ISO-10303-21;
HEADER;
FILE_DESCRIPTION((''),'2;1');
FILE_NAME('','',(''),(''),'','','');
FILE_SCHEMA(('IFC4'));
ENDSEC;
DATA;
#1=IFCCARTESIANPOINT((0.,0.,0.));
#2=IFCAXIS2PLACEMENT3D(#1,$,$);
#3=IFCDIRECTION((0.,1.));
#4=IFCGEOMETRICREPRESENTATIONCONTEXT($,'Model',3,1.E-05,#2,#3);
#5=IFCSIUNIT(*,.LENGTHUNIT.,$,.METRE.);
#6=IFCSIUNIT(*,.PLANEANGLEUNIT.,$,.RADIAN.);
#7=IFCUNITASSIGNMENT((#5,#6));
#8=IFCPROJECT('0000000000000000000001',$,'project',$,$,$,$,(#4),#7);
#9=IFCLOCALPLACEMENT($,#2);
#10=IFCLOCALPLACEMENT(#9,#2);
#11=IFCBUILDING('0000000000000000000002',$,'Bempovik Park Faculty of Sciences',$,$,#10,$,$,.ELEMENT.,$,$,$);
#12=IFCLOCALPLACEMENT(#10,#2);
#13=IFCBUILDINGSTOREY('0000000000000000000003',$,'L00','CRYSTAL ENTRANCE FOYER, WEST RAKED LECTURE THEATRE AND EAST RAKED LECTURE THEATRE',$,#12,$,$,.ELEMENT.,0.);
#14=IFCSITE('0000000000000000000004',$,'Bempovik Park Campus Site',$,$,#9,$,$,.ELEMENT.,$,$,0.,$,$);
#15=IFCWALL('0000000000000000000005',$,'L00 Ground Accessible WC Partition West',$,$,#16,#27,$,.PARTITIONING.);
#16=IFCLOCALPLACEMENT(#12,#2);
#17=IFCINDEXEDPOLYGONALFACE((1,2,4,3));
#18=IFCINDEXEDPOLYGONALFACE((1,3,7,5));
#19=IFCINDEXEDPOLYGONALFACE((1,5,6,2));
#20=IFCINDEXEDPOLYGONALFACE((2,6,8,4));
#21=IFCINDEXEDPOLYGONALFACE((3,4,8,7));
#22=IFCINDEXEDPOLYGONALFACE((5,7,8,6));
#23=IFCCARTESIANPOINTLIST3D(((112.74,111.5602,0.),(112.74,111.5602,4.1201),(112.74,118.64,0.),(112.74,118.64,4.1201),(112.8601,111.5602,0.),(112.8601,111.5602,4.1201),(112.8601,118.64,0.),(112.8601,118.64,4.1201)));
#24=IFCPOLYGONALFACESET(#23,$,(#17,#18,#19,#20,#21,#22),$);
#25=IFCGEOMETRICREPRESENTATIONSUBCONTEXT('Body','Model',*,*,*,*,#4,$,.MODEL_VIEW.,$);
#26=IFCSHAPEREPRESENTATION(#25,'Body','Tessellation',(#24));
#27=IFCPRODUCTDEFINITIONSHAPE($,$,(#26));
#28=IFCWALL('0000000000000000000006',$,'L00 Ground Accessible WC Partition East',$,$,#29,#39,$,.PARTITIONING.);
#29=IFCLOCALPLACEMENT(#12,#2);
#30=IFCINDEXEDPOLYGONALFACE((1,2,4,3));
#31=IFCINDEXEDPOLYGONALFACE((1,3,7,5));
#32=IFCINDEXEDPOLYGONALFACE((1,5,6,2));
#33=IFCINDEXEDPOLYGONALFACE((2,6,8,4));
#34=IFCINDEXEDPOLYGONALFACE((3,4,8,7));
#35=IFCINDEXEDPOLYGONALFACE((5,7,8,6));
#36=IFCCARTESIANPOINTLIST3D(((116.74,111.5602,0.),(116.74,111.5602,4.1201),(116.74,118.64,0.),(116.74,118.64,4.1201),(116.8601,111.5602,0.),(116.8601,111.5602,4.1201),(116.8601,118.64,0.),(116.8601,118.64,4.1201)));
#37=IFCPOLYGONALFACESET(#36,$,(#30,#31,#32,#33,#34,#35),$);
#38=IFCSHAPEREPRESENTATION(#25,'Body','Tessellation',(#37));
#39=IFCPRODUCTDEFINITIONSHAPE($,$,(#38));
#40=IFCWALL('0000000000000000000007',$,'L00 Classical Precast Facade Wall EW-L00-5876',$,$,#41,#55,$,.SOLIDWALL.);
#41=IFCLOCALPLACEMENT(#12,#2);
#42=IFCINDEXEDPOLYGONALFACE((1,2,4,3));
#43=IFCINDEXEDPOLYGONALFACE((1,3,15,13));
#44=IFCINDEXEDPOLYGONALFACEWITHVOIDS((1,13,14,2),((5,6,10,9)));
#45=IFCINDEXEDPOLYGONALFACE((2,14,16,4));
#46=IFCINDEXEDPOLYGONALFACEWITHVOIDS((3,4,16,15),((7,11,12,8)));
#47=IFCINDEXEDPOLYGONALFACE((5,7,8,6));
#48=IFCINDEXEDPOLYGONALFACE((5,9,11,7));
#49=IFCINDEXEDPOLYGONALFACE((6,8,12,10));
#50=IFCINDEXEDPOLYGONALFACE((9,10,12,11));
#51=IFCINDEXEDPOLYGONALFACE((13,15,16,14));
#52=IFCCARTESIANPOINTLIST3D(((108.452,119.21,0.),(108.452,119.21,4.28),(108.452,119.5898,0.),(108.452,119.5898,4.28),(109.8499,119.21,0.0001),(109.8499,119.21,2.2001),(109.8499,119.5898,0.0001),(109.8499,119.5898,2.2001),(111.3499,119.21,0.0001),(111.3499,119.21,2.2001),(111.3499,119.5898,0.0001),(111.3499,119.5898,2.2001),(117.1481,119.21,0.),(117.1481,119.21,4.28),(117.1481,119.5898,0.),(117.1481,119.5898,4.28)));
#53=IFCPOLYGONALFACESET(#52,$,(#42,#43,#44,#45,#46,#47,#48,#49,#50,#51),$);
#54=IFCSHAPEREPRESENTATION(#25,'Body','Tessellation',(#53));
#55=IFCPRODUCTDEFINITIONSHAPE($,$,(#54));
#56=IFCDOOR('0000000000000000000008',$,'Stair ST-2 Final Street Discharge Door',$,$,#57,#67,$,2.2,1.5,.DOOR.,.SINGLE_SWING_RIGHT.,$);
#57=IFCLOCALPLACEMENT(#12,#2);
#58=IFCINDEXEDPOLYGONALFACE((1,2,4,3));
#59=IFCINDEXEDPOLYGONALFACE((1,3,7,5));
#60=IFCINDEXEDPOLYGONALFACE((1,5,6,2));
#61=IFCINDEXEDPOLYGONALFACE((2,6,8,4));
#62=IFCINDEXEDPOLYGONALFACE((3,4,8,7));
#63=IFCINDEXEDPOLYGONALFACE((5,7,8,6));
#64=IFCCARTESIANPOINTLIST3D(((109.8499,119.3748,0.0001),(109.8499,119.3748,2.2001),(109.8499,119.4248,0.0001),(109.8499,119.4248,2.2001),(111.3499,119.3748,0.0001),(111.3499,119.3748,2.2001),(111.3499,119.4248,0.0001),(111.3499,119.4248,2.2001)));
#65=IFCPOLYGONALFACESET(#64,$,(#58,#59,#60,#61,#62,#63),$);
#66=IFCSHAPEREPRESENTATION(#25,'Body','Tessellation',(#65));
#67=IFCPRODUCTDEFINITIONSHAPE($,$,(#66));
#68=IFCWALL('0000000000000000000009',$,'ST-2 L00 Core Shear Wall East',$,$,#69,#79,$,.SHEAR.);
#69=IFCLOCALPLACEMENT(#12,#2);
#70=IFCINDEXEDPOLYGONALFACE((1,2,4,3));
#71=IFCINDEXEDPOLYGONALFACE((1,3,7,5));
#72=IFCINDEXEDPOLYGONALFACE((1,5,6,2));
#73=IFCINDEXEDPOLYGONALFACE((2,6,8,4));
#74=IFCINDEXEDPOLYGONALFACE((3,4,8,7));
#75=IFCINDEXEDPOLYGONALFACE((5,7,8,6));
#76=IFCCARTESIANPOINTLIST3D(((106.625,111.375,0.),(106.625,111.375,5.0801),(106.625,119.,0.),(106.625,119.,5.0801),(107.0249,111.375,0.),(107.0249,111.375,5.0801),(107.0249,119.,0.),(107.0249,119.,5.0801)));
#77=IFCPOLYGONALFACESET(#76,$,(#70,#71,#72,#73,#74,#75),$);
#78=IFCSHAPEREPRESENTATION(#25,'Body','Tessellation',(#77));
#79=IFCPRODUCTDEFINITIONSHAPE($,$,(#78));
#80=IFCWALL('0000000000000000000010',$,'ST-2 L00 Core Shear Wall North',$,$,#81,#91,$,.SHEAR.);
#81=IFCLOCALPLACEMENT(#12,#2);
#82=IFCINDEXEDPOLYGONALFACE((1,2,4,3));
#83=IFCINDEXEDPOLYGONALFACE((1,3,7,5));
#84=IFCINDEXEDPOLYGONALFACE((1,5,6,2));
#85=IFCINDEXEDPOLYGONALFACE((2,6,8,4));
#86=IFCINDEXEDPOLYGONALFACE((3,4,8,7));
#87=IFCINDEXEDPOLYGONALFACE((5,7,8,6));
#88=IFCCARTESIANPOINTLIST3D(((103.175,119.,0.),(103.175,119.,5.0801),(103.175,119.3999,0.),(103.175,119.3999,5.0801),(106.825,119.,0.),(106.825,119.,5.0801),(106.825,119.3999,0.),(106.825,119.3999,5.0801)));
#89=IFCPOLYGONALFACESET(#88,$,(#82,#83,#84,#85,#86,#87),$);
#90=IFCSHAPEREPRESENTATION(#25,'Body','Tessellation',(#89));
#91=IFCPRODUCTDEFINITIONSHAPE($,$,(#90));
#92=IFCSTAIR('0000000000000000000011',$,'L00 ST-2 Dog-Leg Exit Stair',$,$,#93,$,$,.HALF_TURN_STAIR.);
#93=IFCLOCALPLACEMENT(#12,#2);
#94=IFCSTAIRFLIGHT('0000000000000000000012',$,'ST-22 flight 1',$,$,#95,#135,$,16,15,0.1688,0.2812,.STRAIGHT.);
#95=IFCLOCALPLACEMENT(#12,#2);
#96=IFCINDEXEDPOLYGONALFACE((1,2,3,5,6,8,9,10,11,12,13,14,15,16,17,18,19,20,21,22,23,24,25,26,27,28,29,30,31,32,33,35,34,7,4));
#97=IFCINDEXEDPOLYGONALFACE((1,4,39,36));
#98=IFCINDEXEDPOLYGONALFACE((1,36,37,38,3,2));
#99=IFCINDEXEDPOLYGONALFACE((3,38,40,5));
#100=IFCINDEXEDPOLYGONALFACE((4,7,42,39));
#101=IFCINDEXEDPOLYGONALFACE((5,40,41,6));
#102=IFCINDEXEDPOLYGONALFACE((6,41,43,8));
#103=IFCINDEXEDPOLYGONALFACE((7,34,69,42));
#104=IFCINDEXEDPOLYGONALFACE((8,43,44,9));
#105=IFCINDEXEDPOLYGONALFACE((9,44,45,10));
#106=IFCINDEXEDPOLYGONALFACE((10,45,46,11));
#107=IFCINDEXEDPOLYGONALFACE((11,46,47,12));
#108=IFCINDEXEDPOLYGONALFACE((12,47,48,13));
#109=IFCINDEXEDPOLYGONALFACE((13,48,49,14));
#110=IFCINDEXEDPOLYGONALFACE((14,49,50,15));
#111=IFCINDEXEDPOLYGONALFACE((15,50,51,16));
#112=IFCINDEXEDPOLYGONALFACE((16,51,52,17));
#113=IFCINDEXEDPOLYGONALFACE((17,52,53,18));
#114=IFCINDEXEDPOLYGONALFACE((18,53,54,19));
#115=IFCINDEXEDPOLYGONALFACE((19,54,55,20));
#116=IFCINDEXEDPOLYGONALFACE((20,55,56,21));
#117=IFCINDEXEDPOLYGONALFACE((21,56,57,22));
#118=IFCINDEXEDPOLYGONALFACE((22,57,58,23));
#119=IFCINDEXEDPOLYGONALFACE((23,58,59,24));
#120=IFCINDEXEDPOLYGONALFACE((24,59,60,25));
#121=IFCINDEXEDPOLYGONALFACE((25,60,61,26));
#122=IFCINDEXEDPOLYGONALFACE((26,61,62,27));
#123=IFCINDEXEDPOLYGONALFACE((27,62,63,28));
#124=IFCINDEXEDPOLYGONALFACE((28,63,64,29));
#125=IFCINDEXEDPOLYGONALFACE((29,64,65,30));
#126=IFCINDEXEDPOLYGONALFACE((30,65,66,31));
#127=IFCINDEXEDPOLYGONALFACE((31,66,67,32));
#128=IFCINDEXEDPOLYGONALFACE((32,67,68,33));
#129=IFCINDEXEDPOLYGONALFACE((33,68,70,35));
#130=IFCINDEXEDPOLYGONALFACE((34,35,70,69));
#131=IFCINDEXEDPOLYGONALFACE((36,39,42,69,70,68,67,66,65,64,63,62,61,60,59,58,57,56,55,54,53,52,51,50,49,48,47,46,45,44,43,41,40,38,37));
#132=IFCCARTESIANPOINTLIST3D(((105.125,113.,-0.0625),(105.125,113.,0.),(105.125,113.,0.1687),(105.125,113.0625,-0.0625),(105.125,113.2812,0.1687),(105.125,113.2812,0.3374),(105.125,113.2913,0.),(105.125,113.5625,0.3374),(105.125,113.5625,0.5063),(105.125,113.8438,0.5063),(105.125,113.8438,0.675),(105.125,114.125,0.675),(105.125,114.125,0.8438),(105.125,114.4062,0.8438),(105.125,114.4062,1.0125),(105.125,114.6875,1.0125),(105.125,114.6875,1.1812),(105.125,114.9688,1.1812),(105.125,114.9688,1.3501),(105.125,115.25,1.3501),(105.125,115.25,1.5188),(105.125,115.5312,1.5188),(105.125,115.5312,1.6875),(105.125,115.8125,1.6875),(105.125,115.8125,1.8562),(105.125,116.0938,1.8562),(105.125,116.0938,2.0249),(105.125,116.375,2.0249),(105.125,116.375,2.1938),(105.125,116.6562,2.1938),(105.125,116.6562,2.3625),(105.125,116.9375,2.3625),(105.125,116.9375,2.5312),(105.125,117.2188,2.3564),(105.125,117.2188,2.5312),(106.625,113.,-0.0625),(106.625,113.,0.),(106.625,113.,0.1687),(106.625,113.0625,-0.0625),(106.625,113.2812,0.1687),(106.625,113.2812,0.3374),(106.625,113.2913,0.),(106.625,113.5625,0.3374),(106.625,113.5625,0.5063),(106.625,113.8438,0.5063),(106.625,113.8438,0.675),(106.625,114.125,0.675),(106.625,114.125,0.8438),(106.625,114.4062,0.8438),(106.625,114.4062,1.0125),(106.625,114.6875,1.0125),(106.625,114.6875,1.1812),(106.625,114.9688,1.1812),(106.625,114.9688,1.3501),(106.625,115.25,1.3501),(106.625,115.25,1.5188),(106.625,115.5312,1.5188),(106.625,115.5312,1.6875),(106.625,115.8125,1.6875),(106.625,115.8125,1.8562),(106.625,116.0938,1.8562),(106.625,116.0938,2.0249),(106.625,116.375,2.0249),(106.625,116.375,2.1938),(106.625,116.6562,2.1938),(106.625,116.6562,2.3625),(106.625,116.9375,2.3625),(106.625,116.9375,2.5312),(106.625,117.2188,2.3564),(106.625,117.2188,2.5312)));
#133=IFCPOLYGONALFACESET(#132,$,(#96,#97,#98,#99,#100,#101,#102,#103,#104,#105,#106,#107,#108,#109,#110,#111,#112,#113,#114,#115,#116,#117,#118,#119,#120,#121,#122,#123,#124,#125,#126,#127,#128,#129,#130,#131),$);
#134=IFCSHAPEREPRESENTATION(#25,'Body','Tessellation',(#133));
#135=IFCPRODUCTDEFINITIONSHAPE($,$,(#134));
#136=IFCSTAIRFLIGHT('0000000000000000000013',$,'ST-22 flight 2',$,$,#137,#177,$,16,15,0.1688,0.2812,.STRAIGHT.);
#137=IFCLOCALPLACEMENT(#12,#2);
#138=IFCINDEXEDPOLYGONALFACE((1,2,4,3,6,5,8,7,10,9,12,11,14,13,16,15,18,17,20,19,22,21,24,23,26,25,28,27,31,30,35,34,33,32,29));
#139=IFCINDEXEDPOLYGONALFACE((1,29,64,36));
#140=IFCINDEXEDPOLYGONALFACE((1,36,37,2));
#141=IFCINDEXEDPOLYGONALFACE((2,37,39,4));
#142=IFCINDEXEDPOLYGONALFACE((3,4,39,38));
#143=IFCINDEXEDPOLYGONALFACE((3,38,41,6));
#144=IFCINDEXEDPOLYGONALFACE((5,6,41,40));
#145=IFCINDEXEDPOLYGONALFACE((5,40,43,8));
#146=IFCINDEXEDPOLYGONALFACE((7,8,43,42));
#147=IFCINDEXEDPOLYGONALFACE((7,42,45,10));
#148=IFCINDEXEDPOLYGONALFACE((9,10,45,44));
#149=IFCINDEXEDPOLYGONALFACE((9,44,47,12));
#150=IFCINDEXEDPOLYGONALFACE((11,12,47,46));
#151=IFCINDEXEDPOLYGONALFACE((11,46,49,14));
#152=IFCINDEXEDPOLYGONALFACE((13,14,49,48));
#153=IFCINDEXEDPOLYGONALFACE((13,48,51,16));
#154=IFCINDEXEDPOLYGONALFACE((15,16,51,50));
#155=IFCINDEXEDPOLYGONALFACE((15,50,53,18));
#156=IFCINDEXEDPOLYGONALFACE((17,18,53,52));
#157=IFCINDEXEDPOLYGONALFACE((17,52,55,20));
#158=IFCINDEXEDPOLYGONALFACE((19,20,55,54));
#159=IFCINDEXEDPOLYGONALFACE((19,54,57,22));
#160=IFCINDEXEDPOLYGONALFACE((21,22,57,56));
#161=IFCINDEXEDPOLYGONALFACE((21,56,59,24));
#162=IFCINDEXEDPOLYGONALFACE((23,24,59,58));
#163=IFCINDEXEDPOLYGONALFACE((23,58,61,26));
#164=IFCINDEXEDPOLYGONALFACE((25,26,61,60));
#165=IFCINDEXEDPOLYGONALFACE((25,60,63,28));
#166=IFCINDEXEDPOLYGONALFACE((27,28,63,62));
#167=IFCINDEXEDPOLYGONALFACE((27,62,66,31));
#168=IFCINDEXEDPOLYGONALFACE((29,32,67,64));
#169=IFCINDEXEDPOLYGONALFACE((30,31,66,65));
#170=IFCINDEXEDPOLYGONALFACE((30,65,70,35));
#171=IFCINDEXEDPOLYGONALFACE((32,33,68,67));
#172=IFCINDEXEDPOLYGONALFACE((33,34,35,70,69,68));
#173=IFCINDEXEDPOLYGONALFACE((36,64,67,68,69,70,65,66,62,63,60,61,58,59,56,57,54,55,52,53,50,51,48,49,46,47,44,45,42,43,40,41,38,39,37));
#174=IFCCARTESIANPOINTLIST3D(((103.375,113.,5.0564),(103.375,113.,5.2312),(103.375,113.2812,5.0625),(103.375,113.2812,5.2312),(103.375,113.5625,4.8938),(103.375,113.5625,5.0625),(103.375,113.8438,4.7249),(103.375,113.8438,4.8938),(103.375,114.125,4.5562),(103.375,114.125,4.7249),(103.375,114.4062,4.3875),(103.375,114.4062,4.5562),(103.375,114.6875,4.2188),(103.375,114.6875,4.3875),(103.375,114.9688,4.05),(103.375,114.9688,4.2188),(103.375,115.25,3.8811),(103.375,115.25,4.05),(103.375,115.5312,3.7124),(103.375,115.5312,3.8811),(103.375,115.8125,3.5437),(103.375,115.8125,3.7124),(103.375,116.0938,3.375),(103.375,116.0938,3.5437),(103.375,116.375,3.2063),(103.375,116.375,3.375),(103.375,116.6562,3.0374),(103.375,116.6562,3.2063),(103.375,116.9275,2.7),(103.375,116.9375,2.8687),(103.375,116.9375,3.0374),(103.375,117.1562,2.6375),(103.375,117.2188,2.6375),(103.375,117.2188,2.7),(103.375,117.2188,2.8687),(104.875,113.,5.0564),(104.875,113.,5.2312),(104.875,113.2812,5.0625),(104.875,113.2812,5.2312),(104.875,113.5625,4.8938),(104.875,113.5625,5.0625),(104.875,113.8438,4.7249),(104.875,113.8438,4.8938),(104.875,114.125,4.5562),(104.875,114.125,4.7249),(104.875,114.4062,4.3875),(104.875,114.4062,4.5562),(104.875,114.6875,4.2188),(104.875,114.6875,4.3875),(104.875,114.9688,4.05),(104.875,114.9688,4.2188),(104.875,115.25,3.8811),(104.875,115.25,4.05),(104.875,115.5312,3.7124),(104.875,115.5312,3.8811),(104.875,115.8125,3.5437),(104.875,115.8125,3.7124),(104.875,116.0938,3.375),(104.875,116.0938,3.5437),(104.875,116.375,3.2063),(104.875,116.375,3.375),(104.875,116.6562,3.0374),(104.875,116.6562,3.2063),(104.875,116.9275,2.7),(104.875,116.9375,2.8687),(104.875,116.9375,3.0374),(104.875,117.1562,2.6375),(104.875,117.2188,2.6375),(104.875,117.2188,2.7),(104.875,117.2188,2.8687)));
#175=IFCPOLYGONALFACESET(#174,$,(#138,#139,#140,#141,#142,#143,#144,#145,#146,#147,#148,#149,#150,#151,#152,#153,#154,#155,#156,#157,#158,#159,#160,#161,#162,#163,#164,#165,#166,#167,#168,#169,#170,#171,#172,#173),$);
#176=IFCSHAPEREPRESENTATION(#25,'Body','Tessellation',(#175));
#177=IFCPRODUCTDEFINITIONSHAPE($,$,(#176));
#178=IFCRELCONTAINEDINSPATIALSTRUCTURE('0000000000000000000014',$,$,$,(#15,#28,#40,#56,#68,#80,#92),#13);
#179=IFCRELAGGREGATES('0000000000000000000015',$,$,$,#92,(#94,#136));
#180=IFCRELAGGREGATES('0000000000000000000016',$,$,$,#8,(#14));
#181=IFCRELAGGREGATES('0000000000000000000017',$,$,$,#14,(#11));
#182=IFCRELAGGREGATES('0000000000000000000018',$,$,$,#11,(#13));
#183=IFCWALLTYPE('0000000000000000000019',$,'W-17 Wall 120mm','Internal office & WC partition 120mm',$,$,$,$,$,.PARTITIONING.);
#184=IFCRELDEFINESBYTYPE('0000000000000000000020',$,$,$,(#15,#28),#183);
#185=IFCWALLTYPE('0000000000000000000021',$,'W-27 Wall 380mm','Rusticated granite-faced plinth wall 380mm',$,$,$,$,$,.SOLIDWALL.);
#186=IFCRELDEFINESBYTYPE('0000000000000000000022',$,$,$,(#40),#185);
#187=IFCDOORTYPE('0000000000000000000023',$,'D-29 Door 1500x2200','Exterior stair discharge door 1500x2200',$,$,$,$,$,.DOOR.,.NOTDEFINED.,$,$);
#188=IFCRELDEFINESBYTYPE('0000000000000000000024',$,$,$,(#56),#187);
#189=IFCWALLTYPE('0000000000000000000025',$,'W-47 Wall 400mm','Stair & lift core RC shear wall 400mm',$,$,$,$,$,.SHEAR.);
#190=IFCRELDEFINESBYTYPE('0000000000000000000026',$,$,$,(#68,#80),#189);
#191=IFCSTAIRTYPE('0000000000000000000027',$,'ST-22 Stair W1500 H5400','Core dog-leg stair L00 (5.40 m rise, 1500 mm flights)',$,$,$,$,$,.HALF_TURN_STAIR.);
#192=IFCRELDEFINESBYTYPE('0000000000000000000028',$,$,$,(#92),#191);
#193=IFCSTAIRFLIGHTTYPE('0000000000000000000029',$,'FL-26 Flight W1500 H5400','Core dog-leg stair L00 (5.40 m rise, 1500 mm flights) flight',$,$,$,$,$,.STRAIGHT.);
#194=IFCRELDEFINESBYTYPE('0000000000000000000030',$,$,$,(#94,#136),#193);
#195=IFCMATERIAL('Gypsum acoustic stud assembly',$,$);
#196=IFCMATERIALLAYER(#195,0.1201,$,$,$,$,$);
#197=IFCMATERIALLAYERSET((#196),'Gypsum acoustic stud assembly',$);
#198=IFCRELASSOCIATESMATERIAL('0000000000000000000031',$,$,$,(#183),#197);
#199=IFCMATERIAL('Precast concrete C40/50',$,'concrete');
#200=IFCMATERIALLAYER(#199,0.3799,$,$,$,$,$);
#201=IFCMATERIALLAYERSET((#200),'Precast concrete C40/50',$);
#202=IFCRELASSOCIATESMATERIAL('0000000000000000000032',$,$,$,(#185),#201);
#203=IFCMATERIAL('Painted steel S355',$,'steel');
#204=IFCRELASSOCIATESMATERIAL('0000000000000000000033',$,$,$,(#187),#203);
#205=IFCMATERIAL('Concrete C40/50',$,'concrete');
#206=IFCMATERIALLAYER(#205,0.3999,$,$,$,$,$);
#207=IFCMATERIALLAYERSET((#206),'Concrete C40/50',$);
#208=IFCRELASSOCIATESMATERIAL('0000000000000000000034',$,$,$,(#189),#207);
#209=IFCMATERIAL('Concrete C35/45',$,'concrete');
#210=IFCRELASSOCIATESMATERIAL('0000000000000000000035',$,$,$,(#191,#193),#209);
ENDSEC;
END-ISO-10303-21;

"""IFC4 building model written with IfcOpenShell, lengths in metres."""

from ifc_helpers import new_model, si_unit, direction, frame, frame_2d, origin, place, context, subcontext, project, spatial, polyline, rectangle, outline, extrude, material, layer, layer_set, type_object, element, fill, aggregate, save


model = new_model("IFC4")

# Units and contexts
model_context = context("Model", 3, precision=1e-05, world=origin(), true_north=direction((0.0, 1.0)))
body_context = subcontext(model_context, "Body", "Model", "MODEL_VIEW")
ifc_project = project(units=[si_unit("LENGTHUNIT", "METRE"), si_unit("PLANEANGLEUNIT", "RADIAN")], contexts=[model_context])

# Site, building, storey
site_placement = place(None, origin())
site = spatial("IfcSite", under=ifc_project, at=site_placement, Name="Bempovik Park Campus Site", CompositionType="ELEMENT", RefElevation=0.0)
building_placement = place(site_placement, origin())
building = spatial("IfcBuilding", under=site, at=building_placement, Name="Bempovik Park Faculty of Sciences", CompositionType="ELEMENT")
storey_placement = place(building_placement, origin())
storey = spatial("IfcBuildingStorey", under=building, at=storey_placement, Name="L00", Description="CRYSTAL ENTRANCE FOYER, WEST RAKED LECTURE THEATRE AND EAST RAKED LECTURE THEATRE", CompositionType="ELEMENT", Elevation=0.0)

# Shared definitions
ifc_material_1 = material(Name="Concrete C40/50", Category="concrete")

# Shared definitions
ifc_material_2 = material(Name="Concrete C35/45", Category="concrete")

# Shared definitions
ifc_material_3 = material(Name="Gypsum acoustic stud assembly")
ifc_layer_1 = layer(ifc_material_3, 0.1201)
ifc_layer_set_1 = layer_set([ifc_layer_1], Name="Gypsum acoustic stud assembly")
wall_type_1 = type_object("IfcWallType", Name="W-17 Wall 120mm", Description="Internal office & WC partition 120mm", PredefinedType="PARTITIONING", material=ifc_layer_set_1)

# Walls
for number, where, z_axis, x_axis, name in (
    (1, (112.8, 111.5601, 0.0), (0.0, 0.0, 1.0), (0.0, 1.0, 0.0), "L00 Ground Accessible WC Partition West"),
    (2, (116.8, 111.5601, 0.0), (0.0, 0.0, 1.0), (0.0, 1.0, 0.0), "L00 Ground Accessible WC Partition East"),
):
    element("IfcWall", number, at=place(storey_placement, frame(where, z_axis=z_axis, x_axis=x_axis)), inside=storey, type_object=wall_type_1, Name=name, PredefinedType="PARTITIONING", context=body_context, shape_type="SweptSolid", body=[
        extrude(rectangle(XDim=7.0798, YDim=0.1201, at=frame_2d((3.54, 0.0))), origin(), (0.0, 0.0, 1.0), 4.1201),
    ])

# Wall, opening, door
ifc_material_4 = material(Name="Precast concrete C40/50", Category="concrete")
ifc_layer_2 = layer(ifc_material_4, 0.3799)
ifc_layer_set_2 = layer_set([ifc_layer_2], Name="Precast concrete C40/50")
wall_type_2 = type_object("IfcWallType", Name="W-27 Wall 380mm", Description="Rusticated granite-faced plinth wall 380mm", PredefinedType="SOLIDWALL", material=ifc_layer_set_2)
wall_1_placement = place(storey_placement, frame((108.4519, 119.3999, 0.0), z_axis=(0.0, 0.0, 1.0), x_axis=(1.0, 0.0, 0.0)))
wall_1 = element("IfcWall", 3, at=wall_1_placement, inside=storey, type_object=wall_type_2, Name="L00 Classical Precast Facade Wall EW-L00-5876", PredefinedType="SOLIDWALL", context=body_context, shape_type="SweptSolid", body=[
    extrude(rectangle(XDim=8.696, YDim=0.3799, at=frame_2d((4.3481, 0.0))), origin(), (0.0, 0.0, 1.0), 4.28),
])
opening_1_placement = place(wall_1_placement, frame((1.3979, 0.0, 0.0)))
opening_1 = element("IfcOpeningElement", 4, at=opening_1_placement, cuts=wall_1, PredefinedType="OPENING", context=body_context, shape_type="SweptSolid", body=[
    extrude(rectangle(XDim=1.5, YDim=2.2, at=frame_2d((0.75, 1.1001))), frame((0.0, 0.2, 0.0), z_axis=(0.0, -1.0, 0.0), x_axis=(1.0, 0.0, 0.0)), (0.0, 0.0, 1.0), 0.3999),
])
ifc_material_5 = material(Name="Painted steel S355", Category="steel")
door_type_1 = type_object("IfcDoorType", Name="D-29 Door 1500x2200", Description="Exterior stair discharge door 1500x2200", OperationType="NOTDEFINED", PredefinedType="DOOR", material=ifc_material_5)
door_1_placement = place(opening_1_placement, origin())
door_1 = element("IfcDoor", 5, at=door_1_placement, inside=storey, type_object=door_type_1, Name="Stair ST-2 Final Street Discharge Door", OperationType="SINGLE_SWING_RIGHT", OverallHeight=2.2, OverallWidth=1.5, PredefinedType="DOOR", context=body_context, shape_type="SweptSolid", body=[
    extrude(rectangle(XDim=1.5, YDim=2.2, at=frame_2d((0.75, 1.1001))), frame((0.0, 0.0249, 0.0), z_axis=(0.0, -1.0, 0.0), x_axis=(1.0, 0.0, 0.0)), (0.0, 0.0, 1.0), 0.05),
])
fill(opening_1, door_1)

# Walls
ifc_layer_3 = layer(ifc_material_1, 0.3999)
ifc_layer_set_3 = layer_set([ifc_layer_3], Name="Concrete C40/50")
wall_type_3 = type_object("IfcWallType", Name="W-47 Wall 400mm", Description="Stair & lift core RC shear wall 400mm", PredefinedType="SHEAR", material=ifc_layer_set_3)
wall_2_placement = place(storey_placement, frame((106.825, 111.375, 0.0), z_axis=(0.0, 0.0, 1.0), x_axis=(0.0, 1.0, 0.0)))
element("IfcWall", 6, at=wall_2_placement, inside=storey, type_object=wall_type_3, Name="ST-2 L00 Core Shear Wall East", PredefinedType="SHEAR", context=body_context, shape_type="SweptSolid", body=[
    extrude(rectangle(XDim=7.625, YDim=0.3999, at=frame_2d((3.8125, 0.0))), origin(), (0.0, 0.0, 1.0), 5.0801),
])
wall_3_placement = place(storey_placement, frame((103.175, 119.2, 0.0), z_axis=(0.0, 0.0, 1.0), x_axis=(1.0, 0.0, 0.0)))
element("IfcWall", 7, at=wall_3_placement, inside=storey, type_object=wall_type_3, Name="ST-2 L00 Core Shear Wall North", PredefinedType="SHEAR", context=body_context, shape_type="SweptSolid", body=[
    extrude(rectangle(XDim=3.6499, YDim=0.3999, at=frame_2d((1.825, 0.0))), origin(), (0.0, 0.0, 1.0), 5.0801),
])

# Stair, stair flights
stair_type = type_object("IfcStairType", Name="ST-22 Stair W1500 H5400", Description="Core dog-leg stair L00 (5.40 m rise, 1500 mm flights)", PredefinedType="HALF_TURN_STAIR", material=ifc_material_2)
stair_placement = place(storey_placement, origin())
stair = element("IfcStair", 8, at=stair_placement, inside=storey, type_object=stair_type, Name="L00 ST-2 Dog-Leg Exit Stair", PredefinedType="HALF_TURN_STAIR")
stair_flight_type = type_object("IfcStairFlightType", Name="FL-26 Flight W1500 H5400", Description="Core dog-leg stair L00 (5.40 m rise, 1500 mm flights) flight", PredefinedType="STRAIGHT", material=ifc_material_2)
stair_flight_1_placement = place(storey_placement, frame((105.875, 113.0, 0.0), z_axis=(0.0, 0.0, 1.0), x_axis=(0.0, 1.0, 0.0)))
stair_flight_1 = element("IfcStairFlight", 9, at=stair_flight_1_placement, type_object=stair_flight_type, Name="ST-22 flight 1", NumberOfRisers=16, NumberOfTreads=15, PredefinedType="STRAIGHT", RiserHeight=0.1688, TreadLength=0.2812, context=body_context, shape_type="SweptSolid", body=[
    extrude(outline(polyline([(0.0, 0.0), (0.0, 0.1687), (0.2812, 0.1687), (0.2812, 0.3374), (0.5625, 0.3374), (0.5625, 0.5063), (0.8438, 0.5063), (0.8438, 0.675), (1.125, 0.675), (1.125, 0.8438), (1.4062, 0.8438), (1.4062, 1.0125), (1.6875, 1.0125), (1.6875, 1.1812), (1.9688, 1.1812), (1.9688, 1.3501), (2.25, 1.3501), (2.25, 1.5188), (2.5312, 1.5188), (2.5312, 1.6875), (2.8125, 1.6875), (2.8125, 1.8562), (3.0938, 1.8562), (3.0938, 2.0249), (3.375, 2.0249), (3.375, 2.1938), (3.6562, 2.1938), (3.6562, 2.3625), (3.9375, 2.3625), (3.9375, 2.5312), (4.2188, 2.5312), (4.2188, 2.7), (4.2188, 2.3564), (0.2913, 0.0), (0.0625, -0.0625), (0.0, -0.0625), (0.0, 0.0)])), frame((0.0, 0.75, 0.0), z_axis=(0.0, -1.0, 0.0), x_axis=(1.0, 0.0, 0.0)), (0.0, 0.0, 1.0), 1.5),
])
stair_flight_2_placement = place(storey_placement, frame((104.125, 117.2188, 2.7), z_axis=(0.0, 0.0, 1.0), x_axis=(0.0, -1.0, 0.0)))
stair_flight_2 = element("IfcStairFlight", 10, at=stair_flight_2_placement, type_object=stair_flight_type, Name="ST-22 flight 2", NumberOfRisers=16, NumberOfTreads=15, PredefinedType="STRAIGHT", RiserHeight=0.1688, TreadLength=0.2812, context=body_context, shape_type="SweptSolid", body=[
    extrude(outline(polyline([(0.0, 0.0), (0.0, 0.1687), (0.2812, 0.1687), (0.2812, 0.3374), (0.5625, 0.3374), (0.5625, 0.5063), (0.8438, 0.5063), (0.8438, 0.675), (1.125, 0.675), (1.125, 0.8438), (1.4062, 0.8438), (1.4062, 1.0125), (1.6875, 1.0125), (1.6875, 1.1812), (1.9688, 1.1812), (1.9688, 1.3501), (2.25, 1.3501), (2.25, 1.5188), (2.5312, 1.5188), (2.5312, 1.6875), (2.8125, 1.6875), (2.8125, 1.8562), (3.0938, 1.8562), (3.0938, 2.0249), (3.375, 2.0249), (3.375, 2.1938), (3.6562, 2.1938), (3.6562, 2.3625), (3.9375, 2.3625), (3.9375, 2.5312), (4.2188, 2.5312), (4.2188, 2.7), (4.2188, 2.3564), (0.2913, 0.0), (0.0625, -0.0625), (0.0, -0.0625), (0.0, 0.0)])), frame((0.0, 0.75, 0.0), z_axis=(0.0, -1.0, 0.0), x_axis=(1.0, 0.0, 0.0)), (0.0, 0.0, 1.0), 1.5),
])
aggregate(stair, [stair_flight_1, stair_flight_2])

save(model, "model.ifc")
